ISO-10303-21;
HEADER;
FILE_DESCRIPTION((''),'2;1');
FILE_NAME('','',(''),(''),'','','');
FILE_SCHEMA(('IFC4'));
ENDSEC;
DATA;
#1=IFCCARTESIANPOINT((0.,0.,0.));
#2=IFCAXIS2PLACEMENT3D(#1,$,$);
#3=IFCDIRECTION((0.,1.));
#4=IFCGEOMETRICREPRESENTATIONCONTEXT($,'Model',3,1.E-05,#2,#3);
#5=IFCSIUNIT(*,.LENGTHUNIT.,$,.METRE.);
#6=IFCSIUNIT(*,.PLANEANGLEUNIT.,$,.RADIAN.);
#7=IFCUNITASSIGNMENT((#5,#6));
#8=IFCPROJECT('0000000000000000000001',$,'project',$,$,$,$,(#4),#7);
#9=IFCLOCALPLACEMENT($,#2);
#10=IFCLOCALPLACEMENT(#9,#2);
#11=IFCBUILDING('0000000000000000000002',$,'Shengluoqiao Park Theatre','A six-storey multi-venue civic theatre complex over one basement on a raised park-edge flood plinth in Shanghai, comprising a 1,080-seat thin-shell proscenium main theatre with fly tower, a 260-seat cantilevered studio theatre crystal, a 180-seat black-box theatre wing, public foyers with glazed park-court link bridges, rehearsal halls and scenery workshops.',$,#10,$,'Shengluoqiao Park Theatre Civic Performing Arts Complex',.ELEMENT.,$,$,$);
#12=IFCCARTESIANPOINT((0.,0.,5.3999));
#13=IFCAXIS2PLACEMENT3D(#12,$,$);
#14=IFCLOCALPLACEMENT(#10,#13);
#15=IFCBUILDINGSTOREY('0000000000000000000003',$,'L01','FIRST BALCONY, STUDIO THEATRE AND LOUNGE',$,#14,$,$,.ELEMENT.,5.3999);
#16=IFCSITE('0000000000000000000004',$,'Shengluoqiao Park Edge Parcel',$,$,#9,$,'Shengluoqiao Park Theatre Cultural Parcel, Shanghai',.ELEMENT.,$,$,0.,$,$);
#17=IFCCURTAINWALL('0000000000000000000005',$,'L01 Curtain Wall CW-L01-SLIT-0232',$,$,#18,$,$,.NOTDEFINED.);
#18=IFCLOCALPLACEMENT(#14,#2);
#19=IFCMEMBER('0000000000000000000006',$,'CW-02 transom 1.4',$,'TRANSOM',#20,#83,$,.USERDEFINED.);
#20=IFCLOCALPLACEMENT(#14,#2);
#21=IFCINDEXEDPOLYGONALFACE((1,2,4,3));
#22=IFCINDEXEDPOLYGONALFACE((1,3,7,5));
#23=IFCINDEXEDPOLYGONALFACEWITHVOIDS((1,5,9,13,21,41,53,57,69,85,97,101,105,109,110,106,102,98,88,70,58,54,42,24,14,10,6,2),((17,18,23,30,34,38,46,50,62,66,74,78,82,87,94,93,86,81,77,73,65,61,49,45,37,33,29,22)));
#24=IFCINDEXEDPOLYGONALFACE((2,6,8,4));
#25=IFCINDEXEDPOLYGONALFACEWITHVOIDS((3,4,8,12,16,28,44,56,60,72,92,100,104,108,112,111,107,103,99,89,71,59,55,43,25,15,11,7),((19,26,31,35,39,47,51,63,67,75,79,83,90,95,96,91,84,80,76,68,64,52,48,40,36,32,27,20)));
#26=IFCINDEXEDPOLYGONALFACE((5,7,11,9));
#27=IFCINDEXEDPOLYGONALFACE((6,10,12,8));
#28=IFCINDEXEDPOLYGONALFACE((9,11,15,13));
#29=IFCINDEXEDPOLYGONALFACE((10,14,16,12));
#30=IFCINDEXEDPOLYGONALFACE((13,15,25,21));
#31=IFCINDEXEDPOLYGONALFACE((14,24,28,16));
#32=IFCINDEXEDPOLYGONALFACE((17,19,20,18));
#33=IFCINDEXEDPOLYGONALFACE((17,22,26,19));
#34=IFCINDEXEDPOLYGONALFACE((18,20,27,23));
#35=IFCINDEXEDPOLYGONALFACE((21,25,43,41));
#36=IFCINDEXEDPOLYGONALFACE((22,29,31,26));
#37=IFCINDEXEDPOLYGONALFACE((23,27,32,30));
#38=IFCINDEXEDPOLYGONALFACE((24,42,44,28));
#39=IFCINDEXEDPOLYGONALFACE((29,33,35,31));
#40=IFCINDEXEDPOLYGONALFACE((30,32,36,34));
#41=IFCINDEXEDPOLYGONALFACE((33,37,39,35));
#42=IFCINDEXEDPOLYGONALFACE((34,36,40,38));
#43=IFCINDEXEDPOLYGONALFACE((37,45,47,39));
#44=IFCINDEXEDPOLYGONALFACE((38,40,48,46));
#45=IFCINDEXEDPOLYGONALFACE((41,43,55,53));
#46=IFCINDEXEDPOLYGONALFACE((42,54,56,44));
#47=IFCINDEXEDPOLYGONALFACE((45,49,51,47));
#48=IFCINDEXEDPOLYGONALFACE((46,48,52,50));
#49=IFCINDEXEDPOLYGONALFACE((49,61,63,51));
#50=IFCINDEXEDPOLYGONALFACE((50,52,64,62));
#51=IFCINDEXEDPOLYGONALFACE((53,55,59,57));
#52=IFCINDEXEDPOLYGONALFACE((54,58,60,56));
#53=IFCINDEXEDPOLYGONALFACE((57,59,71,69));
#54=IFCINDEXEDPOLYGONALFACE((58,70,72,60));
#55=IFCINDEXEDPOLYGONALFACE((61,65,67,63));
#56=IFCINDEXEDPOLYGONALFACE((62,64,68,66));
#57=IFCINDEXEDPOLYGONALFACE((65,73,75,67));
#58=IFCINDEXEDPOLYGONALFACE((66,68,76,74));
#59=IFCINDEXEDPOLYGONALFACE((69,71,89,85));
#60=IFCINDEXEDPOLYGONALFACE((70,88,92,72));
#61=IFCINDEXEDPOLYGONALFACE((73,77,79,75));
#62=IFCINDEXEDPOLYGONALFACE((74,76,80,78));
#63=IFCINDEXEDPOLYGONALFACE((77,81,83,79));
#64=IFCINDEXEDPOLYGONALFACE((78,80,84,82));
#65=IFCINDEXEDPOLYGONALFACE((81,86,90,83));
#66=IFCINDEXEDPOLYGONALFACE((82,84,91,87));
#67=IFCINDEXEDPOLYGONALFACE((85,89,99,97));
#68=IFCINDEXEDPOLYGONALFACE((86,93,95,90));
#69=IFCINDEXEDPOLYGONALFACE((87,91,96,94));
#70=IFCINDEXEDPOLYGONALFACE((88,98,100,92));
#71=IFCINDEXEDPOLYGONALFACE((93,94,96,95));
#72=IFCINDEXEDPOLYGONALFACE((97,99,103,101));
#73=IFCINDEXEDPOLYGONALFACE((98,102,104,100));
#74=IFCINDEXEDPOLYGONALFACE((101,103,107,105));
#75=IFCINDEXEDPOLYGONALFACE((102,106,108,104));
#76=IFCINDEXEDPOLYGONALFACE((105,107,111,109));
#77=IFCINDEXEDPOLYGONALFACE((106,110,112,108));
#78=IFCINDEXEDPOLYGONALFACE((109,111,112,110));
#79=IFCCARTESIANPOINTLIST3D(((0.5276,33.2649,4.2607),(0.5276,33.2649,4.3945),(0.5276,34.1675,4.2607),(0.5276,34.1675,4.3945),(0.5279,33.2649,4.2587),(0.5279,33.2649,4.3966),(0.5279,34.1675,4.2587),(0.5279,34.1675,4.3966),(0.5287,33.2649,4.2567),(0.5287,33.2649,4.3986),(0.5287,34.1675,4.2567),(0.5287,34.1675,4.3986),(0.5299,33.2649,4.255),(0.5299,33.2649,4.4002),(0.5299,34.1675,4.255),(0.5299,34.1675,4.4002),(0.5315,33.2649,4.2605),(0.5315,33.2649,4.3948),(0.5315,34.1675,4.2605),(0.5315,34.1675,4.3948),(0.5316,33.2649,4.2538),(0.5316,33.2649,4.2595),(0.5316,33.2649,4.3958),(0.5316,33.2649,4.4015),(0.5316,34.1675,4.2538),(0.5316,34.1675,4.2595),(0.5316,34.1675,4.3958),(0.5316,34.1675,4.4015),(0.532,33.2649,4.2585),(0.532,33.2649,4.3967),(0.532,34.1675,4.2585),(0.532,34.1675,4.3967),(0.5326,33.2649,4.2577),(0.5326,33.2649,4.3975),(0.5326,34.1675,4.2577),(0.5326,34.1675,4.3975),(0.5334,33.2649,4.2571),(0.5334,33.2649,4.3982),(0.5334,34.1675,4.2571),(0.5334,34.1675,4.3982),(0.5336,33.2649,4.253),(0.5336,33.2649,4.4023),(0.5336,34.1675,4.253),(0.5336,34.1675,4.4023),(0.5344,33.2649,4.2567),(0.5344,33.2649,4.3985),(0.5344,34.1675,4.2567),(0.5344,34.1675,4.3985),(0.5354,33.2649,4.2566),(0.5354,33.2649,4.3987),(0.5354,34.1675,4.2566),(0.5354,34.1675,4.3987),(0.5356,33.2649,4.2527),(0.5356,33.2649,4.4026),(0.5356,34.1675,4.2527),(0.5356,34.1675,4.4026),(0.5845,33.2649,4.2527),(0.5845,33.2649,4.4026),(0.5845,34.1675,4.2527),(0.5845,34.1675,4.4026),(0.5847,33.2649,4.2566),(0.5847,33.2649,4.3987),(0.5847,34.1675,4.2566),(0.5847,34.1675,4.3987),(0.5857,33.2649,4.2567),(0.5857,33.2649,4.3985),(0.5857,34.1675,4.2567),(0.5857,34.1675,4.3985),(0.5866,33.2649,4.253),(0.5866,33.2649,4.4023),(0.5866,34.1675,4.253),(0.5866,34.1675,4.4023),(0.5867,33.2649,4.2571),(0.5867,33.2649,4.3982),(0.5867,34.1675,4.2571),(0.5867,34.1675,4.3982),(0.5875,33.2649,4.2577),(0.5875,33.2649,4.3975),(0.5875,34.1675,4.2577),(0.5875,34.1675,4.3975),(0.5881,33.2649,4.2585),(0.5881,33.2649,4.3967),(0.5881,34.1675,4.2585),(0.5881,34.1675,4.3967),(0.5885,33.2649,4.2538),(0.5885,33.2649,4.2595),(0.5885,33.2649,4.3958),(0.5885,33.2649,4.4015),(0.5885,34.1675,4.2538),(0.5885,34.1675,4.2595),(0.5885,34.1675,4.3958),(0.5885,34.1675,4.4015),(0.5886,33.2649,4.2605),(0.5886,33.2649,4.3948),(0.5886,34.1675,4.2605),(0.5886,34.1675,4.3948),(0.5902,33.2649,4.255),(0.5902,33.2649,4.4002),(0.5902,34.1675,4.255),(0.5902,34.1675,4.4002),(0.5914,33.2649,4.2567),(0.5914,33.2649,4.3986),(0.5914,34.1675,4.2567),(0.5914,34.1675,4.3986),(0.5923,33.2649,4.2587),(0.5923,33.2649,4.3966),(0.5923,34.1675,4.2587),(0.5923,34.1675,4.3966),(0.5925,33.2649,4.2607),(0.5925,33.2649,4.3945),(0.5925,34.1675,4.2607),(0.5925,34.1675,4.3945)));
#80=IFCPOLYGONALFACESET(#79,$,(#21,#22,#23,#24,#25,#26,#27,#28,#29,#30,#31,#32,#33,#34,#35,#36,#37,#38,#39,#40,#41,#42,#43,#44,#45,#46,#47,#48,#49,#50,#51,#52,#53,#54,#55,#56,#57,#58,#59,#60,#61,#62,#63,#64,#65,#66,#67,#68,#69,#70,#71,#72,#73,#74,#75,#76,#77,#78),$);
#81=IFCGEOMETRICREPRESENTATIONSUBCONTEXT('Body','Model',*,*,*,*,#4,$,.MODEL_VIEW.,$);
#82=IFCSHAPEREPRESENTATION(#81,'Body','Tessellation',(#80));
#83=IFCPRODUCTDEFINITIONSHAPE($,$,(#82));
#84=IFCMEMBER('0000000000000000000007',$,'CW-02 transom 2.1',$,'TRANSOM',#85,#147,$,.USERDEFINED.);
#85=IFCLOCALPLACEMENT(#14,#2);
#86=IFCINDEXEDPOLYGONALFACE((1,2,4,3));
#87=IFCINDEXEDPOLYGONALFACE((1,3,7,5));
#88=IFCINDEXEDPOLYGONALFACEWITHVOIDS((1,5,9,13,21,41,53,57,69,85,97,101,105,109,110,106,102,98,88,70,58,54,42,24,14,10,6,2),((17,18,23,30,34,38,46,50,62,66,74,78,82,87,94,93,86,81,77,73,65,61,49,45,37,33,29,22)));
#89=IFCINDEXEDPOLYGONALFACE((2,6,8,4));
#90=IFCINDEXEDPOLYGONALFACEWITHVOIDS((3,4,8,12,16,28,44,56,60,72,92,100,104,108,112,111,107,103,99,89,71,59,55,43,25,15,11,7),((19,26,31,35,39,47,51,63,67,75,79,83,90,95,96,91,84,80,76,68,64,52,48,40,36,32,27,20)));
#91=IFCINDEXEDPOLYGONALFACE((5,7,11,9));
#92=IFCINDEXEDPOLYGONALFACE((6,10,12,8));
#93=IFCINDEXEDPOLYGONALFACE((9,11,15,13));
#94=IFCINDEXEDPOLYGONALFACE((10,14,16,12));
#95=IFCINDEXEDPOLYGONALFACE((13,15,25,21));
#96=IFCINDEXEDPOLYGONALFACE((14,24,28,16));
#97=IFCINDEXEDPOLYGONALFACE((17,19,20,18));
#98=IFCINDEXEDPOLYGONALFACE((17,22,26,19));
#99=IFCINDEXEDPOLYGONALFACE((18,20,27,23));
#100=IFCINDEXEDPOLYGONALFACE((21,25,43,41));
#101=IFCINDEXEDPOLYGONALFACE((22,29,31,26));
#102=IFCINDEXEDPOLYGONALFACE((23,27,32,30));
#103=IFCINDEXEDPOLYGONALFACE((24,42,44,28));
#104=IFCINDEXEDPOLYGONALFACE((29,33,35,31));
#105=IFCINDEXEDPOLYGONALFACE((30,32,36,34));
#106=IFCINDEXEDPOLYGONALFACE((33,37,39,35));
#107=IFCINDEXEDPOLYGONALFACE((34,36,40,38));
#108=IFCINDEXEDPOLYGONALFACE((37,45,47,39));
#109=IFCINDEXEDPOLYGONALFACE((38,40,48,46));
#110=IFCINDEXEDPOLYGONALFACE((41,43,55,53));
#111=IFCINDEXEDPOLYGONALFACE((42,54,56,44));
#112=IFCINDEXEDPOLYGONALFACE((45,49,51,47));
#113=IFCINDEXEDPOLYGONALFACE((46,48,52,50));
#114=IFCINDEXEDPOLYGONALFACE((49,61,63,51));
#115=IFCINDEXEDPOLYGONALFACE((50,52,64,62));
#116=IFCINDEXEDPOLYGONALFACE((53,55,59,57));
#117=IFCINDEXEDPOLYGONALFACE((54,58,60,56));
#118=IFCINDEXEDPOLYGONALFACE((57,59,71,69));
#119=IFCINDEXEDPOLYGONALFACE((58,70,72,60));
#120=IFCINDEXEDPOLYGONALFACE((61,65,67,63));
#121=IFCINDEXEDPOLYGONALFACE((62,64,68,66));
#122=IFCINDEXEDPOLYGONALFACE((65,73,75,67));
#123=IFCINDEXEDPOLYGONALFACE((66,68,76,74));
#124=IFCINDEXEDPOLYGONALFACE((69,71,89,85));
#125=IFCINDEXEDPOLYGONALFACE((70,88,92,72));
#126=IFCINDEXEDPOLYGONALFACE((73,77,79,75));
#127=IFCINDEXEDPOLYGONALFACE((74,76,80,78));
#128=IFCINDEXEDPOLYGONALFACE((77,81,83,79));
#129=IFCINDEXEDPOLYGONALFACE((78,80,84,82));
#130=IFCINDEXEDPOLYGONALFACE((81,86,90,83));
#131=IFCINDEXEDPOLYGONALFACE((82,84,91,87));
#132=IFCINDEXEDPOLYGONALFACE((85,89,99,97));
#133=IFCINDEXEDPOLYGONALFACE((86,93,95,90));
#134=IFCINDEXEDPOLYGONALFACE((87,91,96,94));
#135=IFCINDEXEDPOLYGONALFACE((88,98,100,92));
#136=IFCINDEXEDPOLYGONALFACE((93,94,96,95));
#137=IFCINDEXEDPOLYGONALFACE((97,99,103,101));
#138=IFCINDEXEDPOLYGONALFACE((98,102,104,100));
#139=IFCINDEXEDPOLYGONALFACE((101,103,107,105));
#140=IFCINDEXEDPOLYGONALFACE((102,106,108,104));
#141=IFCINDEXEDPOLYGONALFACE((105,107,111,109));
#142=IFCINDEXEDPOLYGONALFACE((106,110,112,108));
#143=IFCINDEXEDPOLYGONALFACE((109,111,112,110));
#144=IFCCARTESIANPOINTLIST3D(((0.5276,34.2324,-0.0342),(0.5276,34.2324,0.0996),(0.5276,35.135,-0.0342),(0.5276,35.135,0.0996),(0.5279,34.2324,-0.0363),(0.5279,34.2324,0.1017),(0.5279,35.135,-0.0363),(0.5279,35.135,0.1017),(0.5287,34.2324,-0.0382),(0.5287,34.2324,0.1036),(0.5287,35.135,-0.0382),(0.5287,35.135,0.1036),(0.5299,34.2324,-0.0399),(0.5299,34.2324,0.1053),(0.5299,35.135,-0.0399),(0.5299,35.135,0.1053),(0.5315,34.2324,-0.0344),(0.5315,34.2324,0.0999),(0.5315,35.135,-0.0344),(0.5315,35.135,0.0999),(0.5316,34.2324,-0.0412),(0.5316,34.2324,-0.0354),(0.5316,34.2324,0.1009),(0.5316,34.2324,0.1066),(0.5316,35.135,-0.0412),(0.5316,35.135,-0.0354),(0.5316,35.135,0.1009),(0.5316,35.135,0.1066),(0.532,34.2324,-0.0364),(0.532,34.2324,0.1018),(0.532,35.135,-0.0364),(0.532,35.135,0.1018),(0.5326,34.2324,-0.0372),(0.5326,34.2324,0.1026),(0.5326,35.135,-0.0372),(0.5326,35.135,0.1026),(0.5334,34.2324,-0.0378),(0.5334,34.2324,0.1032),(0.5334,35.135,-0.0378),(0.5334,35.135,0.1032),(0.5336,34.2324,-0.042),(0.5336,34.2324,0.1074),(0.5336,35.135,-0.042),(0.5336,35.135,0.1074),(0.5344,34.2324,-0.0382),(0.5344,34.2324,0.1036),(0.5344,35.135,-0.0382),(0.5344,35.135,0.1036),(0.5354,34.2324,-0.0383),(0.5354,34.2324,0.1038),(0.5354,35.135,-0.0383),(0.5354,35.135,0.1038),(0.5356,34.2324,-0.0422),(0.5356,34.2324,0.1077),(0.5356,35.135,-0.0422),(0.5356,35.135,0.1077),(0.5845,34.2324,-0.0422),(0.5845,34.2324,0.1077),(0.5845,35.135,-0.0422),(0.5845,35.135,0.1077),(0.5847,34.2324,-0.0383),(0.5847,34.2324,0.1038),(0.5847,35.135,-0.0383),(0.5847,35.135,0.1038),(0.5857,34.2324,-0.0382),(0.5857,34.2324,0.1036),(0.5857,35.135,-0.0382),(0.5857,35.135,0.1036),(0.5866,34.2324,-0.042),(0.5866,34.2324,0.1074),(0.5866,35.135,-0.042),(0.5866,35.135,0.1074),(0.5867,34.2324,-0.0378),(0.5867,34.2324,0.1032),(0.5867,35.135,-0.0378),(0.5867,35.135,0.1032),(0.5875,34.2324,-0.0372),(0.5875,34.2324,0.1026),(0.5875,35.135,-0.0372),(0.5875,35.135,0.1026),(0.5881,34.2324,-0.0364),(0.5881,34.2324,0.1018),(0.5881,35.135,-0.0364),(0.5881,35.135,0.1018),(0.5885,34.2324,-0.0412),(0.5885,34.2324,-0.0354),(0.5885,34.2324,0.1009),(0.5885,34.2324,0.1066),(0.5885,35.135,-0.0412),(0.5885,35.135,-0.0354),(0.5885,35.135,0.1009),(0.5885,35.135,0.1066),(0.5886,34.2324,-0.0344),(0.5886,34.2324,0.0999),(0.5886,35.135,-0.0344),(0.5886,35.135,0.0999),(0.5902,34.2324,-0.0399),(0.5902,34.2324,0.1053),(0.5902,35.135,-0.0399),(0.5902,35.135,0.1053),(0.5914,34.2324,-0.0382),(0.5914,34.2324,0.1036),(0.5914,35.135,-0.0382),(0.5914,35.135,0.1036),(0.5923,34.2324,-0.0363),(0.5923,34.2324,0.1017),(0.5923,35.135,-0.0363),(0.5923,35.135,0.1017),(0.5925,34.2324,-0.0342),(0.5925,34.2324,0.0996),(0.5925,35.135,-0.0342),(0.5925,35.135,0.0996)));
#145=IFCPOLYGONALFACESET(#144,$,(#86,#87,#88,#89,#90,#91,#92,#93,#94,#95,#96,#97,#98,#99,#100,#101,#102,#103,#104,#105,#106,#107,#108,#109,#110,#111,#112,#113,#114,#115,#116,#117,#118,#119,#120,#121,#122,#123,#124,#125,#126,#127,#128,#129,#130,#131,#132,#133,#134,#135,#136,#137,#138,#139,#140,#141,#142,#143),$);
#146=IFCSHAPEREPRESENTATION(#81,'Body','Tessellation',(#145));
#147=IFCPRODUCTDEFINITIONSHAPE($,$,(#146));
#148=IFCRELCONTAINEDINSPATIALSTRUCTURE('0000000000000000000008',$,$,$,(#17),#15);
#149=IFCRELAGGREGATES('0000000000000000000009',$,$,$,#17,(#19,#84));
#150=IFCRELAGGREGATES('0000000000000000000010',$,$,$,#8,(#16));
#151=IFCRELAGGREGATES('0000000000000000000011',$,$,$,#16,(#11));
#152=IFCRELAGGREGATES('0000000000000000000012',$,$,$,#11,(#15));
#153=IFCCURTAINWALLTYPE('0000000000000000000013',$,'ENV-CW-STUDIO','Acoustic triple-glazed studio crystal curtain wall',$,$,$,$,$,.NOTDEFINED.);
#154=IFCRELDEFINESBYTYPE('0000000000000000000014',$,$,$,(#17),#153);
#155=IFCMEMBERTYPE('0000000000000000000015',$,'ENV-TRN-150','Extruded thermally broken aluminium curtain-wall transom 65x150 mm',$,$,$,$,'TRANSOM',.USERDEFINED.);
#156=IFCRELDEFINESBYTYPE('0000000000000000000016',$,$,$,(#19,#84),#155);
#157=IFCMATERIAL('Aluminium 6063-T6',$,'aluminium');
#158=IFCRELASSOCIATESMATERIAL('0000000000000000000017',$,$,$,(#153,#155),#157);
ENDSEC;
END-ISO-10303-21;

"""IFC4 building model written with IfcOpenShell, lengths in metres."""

from ifc_helpers import new_model, si_unit, direction, frame, origin, origin_2d, place, context, subcontext, project, spatial, hollow_rectangle, extrude, material, material_profile, profile_set, type_object, element, aggregate, save


model = new_model("IFC4")

# Units and contexts
model_context = context("Model", 3, precision=1e-05, world=origin(), true_north=direction((0.0, 1.0)))
body_context = subcontext(model_context, "Body", "Model", "MODEL_VIEW")
ifc_project = project(units=[si_unit("LENGTHUNIT", "METRE"), si_unit("PLANEANGLEUNIT", "RADIAN")], contexts=[model_context])

# Site, building, storey
site_placement = place(None, origin())
site = spatial("IfcSite", under=ifc_project, at=site_placement, Name="Shengluoqiao Park Edge Parcel", LongName="Shengluoqiao Park Theatre Cultural Parcel, Shanghai", CompositionType="ELEMENT", RefElevation=0.0)
building_placement = place(site_placement, origin())
building = spatial("IfcBuilding", under=site, at=building_placement, Name="Shengluoqiao Park Theatre", Description="A six-storey multi-venue civic theatre complex over one basement on a raised park-edge flood plinth in Shanghai, comprising a 1,080-seat thin-shell proscenium main theatre with fly tower, a 260-seat cantilevered studio theatre crystal, a 180-seat black-box theatre wing, public foyers with glazed park-court link bridges, rehearsal halls and scenery workshops.", LongName="Shengluoqiao Park Theatre Civic Performing Arts Complex", CompositionType="ELEMENT")
storey_placement = place(building_placement, frame((0.0, 0.0, 5.3999)))
storey = spatial("IfcBuildingStorey", under=building, at=storey_placement, Name="L01", Description="FIRST BALCONY, STUDIO THEATRE AND LOUNGE", CompositionType="ELEMENT", Elevation=5.3999)

# Curtain wall, members
ifc_material_1 = material(Name="Aluminium 6063-T6", Category="aluminium")
curtain_wall_type = type_object("IfcCurtainWallType", Name="ENV-CW-STUDIO", Description="Acoustic triple-glazed studio crystal curtain wall", PredefinedType="NOTDEFINED", material=ifc_material_1)
curtain_wall_placement = place(storey_placement, origin())
curtain_wall = element("IfcCurtainWall", 1, at=curtain_wall_placement, inside=storey, type_object=curtain_wall_type, Name="L01 Curtain Wall CW-L01-SLIT-0232", PredefinedType="NOTDEFINED")
ifc_material_profile_1 = material_profile(ifc_material_1, hollow_rectangle(XDim=0.0649, YDim=0.1499, WallThickness=0.0039, InnerFilletRadius=0.0039, OuterFilletRadius=0.0081, at=origin_2d()), Name="ALU TRANSOM 150x65x4")
ifc_profile_set_1 = profile_set([ifc_material_profile_1], Name="Aluminium 6063-T6")
member_type_1 = type_object("IfcMemberType", Name="ENV-TRN-150", Description="Extruded thermally broken aluminium curtain-wall transom 65x150 mm", ElementType="TRANSOM", PredefinedType="USERDEFINED", material=ifc_profile_set_1)
member_1_placement = place(storey_placement, frame((0.5601, 33.2649, 4.3276), z_axis=(0.0, 1.0, 0.0), x_axis=(-1.0, 0.0, 0.0)))
member_1 = element("IfcMember", 2, at=member_1_placement, type_object=member_type_1, Name="CW-02 transom 1.4", ObjectType="TRANSOM", PredefinedType="USERDEFINED", context=body_context, shape_type="SweptSolid", body=[
    extrude(hollow_rectangle(XDim=0.0649, YDim=0.1499, WallThickness=0.0039, InnerFilletRadius=0.0039, OuterFilletRadius=0.0081, at=origin_2d()), origin(), (0.0, 0.0, 1.0), 0.9026),
])
member_2_placement = place(storey_placement, frame((0.5601, 34.2324, 0.0327), z_axis=(0.0, 1.0, 0.0), x_axis=(-1.0, 0.0, 0.0)))
member_2 = element("IfcMember", 3, at=member_2_placement, type_object=member_type_1, Name="CW-02 transom 2.1", ObjectType="TRANSOM", PredefinedType="USERDEFINED", context=body_context, shape_type="SweptSolid", body=[
    extrude(hollow_rectangle(XDim=0.0649, YDim=0.1499, WallThickness=0.0039, InnerFilletRadius=0.0039, OuterFilletRadius=0.0081, at=origin_2d()), origin(), (0.0, 0.0, 1.0), 0.9026),
])

aggregate(curtain_wall, [member_1, member_2])

save(model, "model.ifc")
